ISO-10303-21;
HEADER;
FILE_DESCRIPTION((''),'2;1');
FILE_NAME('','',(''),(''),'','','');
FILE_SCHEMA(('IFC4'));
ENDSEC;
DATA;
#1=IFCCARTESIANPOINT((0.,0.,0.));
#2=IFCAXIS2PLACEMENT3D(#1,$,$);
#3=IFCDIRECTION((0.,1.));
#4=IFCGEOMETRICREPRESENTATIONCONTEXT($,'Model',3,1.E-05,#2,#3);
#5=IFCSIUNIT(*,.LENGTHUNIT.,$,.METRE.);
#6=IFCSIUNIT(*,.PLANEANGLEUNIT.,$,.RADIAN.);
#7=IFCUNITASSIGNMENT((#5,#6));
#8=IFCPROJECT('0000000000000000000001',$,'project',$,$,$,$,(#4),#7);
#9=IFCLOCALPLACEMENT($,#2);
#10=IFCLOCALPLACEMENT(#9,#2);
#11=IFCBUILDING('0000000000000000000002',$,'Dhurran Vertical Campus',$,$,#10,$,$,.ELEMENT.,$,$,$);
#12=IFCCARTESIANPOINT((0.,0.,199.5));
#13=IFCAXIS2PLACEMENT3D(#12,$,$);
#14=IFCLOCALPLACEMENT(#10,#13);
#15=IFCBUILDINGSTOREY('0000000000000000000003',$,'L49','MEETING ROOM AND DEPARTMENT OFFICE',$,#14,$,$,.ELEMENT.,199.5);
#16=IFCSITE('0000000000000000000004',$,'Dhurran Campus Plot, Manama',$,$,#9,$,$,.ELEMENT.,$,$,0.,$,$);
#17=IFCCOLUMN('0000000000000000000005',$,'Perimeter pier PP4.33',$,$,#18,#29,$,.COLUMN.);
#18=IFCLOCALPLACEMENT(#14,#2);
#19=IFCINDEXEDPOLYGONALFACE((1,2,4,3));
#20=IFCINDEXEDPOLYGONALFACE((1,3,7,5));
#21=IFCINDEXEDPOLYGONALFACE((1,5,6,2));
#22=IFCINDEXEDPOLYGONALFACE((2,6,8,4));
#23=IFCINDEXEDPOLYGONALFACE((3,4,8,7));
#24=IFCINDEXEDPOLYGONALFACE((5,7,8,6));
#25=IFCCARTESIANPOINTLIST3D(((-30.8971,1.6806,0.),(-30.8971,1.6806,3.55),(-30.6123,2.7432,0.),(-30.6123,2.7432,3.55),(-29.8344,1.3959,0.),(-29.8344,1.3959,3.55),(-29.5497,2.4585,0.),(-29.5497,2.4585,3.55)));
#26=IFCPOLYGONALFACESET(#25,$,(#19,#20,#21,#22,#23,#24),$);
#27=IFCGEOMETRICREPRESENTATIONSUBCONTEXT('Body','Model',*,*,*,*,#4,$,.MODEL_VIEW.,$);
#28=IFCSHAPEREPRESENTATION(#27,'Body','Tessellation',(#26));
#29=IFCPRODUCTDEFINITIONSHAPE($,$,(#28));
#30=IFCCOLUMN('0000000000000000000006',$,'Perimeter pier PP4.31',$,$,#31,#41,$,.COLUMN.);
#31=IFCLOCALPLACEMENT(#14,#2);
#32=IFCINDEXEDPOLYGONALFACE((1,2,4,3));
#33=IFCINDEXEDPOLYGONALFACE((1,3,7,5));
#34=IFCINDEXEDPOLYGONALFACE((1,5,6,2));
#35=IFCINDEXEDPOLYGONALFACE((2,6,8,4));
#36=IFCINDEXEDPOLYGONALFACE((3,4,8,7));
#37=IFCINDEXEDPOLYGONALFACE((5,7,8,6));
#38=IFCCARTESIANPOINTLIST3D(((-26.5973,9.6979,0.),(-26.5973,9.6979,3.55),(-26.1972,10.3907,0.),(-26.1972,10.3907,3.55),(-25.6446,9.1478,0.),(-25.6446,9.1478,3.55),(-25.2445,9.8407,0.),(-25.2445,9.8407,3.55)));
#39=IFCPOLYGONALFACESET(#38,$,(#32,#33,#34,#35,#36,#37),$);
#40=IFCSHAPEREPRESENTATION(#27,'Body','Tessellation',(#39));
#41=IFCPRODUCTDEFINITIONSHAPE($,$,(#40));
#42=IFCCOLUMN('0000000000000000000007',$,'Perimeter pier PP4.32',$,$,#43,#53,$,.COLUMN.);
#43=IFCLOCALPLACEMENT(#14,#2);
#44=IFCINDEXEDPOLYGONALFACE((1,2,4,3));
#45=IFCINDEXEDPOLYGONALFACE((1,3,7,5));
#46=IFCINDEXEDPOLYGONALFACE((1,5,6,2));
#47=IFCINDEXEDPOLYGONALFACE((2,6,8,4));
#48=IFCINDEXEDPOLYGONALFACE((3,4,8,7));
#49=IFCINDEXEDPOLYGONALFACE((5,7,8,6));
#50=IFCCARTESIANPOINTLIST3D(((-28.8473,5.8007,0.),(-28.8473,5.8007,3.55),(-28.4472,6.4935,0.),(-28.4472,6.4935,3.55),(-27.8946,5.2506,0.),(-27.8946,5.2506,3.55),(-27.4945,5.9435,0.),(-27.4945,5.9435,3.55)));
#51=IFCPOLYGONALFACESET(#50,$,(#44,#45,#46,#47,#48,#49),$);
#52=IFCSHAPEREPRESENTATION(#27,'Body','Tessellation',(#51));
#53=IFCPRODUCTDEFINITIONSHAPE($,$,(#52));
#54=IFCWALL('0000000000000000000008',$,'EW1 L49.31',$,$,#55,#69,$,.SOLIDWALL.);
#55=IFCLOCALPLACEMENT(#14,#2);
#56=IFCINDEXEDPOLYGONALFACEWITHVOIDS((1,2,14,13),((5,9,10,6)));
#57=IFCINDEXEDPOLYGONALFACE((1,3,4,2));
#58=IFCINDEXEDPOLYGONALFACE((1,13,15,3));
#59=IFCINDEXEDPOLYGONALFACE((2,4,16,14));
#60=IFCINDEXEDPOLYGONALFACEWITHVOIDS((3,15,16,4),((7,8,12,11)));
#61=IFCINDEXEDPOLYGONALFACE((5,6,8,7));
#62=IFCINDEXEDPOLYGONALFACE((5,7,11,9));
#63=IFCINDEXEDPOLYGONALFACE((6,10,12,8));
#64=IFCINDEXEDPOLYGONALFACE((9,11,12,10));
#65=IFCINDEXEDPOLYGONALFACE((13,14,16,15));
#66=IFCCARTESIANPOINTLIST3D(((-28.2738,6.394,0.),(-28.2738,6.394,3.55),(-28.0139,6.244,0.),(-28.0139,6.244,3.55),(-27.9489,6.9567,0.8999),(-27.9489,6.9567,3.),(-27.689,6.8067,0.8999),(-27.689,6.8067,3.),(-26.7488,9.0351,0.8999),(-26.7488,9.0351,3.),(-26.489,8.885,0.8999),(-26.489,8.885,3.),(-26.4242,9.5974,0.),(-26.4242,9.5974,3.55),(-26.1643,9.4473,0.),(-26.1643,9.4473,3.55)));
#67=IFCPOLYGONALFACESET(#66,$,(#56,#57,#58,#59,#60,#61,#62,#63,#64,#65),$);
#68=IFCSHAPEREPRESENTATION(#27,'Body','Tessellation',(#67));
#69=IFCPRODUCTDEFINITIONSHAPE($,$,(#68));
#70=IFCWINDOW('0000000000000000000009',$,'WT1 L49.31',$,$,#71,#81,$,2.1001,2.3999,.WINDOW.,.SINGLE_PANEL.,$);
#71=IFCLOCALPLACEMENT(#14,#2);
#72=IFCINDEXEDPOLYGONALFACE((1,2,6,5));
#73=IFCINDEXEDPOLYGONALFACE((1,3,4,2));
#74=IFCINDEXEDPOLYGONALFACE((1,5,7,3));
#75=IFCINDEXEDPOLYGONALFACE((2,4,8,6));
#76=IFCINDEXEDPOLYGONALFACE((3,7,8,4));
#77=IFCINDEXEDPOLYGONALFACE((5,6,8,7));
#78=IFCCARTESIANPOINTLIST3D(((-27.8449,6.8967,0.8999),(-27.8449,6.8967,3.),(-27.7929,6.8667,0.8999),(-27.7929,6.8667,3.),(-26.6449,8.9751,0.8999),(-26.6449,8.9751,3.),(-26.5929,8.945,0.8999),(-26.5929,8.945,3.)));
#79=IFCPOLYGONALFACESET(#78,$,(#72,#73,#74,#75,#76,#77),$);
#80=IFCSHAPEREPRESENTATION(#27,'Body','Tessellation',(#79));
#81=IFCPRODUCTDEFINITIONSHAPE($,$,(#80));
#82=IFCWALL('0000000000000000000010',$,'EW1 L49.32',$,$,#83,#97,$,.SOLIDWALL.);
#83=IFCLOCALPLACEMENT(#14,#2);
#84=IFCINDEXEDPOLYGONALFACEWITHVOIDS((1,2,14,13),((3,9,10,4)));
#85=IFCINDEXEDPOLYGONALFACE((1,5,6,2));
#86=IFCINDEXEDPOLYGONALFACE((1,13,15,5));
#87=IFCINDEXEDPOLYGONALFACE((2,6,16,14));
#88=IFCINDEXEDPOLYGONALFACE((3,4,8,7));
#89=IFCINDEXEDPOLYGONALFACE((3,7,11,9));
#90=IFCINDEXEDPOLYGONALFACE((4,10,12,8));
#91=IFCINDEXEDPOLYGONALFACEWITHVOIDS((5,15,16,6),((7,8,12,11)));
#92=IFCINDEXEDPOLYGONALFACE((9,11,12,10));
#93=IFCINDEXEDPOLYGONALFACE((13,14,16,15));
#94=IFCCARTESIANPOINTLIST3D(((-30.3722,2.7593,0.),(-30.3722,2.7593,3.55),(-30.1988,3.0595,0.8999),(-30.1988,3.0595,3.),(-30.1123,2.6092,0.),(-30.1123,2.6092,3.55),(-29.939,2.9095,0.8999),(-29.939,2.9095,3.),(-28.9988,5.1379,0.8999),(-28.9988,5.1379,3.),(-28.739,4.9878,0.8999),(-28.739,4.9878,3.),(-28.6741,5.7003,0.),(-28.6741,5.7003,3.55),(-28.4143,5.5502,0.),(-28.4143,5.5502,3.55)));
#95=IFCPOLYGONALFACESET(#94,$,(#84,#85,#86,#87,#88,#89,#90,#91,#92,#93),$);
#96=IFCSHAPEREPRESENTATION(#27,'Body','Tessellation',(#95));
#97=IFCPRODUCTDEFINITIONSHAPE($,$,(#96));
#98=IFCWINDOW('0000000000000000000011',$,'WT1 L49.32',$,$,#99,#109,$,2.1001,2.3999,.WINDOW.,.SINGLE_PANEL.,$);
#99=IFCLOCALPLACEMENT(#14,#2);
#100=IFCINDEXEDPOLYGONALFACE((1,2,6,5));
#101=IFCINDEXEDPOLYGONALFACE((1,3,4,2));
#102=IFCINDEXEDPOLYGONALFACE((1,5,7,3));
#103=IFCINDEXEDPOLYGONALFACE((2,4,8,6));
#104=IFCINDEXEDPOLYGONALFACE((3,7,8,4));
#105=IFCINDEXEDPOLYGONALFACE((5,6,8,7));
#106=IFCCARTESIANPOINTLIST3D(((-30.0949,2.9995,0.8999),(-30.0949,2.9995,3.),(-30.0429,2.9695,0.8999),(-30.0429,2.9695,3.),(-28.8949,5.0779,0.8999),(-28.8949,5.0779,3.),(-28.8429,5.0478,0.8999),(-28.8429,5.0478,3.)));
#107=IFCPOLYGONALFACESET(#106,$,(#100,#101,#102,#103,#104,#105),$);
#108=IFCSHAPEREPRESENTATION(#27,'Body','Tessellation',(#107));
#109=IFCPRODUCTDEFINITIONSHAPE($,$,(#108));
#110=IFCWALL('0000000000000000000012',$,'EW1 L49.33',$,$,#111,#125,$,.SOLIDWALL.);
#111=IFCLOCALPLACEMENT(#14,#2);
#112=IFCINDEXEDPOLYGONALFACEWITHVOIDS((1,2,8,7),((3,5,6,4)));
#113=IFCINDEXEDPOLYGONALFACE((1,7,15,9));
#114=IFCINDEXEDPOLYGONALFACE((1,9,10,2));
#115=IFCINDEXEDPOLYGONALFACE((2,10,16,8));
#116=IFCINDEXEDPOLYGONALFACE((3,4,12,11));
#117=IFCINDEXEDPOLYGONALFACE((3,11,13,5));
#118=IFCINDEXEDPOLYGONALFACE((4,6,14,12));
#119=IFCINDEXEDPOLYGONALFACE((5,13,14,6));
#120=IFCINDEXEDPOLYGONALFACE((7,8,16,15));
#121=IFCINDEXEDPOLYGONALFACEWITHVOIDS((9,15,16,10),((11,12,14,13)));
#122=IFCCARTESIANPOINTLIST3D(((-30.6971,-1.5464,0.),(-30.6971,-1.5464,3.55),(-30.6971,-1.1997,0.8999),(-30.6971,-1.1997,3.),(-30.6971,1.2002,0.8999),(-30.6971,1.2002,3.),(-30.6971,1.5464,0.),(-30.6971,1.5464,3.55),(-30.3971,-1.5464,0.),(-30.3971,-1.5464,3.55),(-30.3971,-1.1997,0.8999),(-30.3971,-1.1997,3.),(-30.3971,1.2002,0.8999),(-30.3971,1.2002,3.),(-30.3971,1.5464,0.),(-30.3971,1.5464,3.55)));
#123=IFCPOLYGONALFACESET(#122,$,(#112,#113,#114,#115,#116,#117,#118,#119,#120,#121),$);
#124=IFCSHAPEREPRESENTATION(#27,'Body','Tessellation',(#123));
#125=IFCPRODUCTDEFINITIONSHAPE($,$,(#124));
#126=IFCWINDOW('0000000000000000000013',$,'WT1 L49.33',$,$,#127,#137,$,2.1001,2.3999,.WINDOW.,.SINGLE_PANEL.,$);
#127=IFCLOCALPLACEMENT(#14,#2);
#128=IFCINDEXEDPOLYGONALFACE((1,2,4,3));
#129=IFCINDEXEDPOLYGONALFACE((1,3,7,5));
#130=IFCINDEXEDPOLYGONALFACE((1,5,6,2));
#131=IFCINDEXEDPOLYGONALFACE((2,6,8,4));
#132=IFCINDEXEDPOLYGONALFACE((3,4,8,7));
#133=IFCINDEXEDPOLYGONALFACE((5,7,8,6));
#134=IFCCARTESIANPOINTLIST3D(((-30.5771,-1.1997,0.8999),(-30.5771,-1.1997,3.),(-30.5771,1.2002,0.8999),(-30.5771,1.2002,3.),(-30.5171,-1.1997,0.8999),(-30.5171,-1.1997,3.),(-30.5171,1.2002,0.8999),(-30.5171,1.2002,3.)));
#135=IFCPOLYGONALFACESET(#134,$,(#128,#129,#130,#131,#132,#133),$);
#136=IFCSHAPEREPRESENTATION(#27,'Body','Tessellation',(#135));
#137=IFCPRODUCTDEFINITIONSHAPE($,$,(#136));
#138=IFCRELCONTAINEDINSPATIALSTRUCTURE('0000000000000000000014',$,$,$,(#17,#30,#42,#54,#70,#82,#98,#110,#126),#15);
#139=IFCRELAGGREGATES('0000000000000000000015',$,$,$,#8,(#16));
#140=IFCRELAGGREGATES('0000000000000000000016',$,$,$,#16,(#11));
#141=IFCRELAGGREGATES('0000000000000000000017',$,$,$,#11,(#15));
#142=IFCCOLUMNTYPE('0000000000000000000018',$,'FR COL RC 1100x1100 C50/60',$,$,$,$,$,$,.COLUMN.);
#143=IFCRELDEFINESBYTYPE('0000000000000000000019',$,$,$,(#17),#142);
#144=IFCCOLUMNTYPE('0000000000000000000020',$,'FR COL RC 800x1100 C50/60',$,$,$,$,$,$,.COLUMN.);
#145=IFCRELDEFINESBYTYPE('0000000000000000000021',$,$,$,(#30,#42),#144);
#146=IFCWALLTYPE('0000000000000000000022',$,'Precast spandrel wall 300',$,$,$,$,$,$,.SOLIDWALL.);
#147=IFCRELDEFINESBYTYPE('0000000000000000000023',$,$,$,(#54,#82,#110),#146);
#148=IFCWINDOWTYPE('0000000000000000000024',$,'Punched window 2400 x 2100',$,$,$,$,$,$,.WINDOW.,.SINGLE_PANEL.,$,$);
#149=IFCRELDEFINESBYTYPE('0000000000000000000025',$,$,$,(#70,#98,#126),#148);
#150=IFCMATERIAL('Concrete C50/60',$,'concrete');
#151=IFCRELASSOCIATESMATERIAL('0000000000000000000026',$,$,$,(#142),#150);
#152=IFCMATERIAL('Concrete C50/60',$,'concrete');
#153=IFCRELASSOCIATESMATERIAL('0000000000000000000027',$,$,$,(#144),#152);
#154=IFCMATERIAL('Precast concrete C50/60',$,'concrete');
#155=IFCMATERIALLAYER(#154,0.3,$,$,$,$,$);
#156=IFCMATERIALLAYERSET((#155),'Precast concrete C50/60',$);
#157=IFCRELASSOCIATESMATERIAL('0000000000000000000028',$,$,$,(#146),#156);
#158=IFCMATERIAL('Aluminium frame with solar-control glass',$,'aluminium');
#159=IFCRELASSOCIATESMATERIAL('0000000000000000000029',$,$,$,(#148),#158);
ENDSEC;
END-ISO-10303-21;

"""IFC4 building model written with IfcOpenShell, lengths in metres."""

from ifc_helpers import new_model, si_unit, direction, frame, frame_2d, origin, origin_2d, place, context, subcontext, project, spatial, rectangle, extrude, material, layer, layer_set, material_profile, profile_set, type_object, element, fill, save


model = new_model("IFC4")

# Units and contexts
model_context = context("Model", 3, precision=1e-05, world=origin(), true_north=direction((0.0, 1.0)))
body_context = subcontext(model_context, "Body", "Model", "MODEL_VIEW")
ifc_project = project(units=[si_unit("LENGTHUNIT", "METRE"), si_unit("PLANEANGLEUNIT", "RADIAN")], contexts=[model_context])

# Site, building, storey
site_placement = place(None, origin())
site = spatial("IfcSite", under=ifc_project, at=site_placement, Name="Dhurran Campus Plot, Manama", CompositionType="ELEMENT", RefElevation=0.0)
building_placement = place(site_placement, origin())
building = spatial("IfcBuilding", under=site, at=building_placement, Name="Dhurran Vertical Campus", CompositionType="ELEMENT")
storey_placement = place(building_placement, frame((0.0, 0.0, 199.5)))
storey = spatial("IfcBuildingStorey", under=building, at=storey_placement, Name="L49", Description="MEETING ROOM AND DEPARTMENT OFFICE", CompositionType="ELEMENT", Elevation=199.5)

# Columns
ifc_material_1 = material(Name="Concrete C50/60", Category="concrete")
ifc_material_profile_1 = material_profile(ifc_material_1, rectangle(XDim=1.1001, YDim=1.1001, at=origin_2d()), Name="RC 1100x1100")
ifc_profile_set_1 = profile_set([ifc_material_profile_1], Name="Concrete C50/60")
column_type_1 = type_object("IfcColumnType", Name="FR COL RC 1100x1100 C50/60", PredefinedType="COLUMN", material=ifc_profile_set_1)
column_placement = place(storey_placement, frame((-30.2234, 2.0696, 0.0), z_axis=(0.0, 0.0, 1.0), x_axis=(-0.258819, -0.965926, 0.0)))
element("IfcColumn", 1, at=column_placement, inside=storey, type_object=column_type_1, Name="Perimeter pier PP4.33", PredefinedType="COLUMN", context=body_context, shape_type="SweptSolid", body=[
    extrude(rectangle(XDim=1.1001, YDim=1.1001, at=origin_2d()), origin(), (0.0, 0.0, 1.0), 3.55),
])
ifc_material_2 = material(Name="Concrete C50/60", Category="concrete")
ifc_material_profile_2 = material_profile(ifc_material_2, rectangle(XDim=0.8, YDim=1.1001, at=origin_2d()), Name="RC 800x1100")
ifc_profile_set_2 = profile_set([ifc_material_profile_2], Name="Concrete C50/60")
column_type_2 = type_object("IfcColumnType", Name="FR COL RC 800x1100 C50/60", PredefinedType="COLUMN", material=ifc_profile_set_2)
for number, where, z_axis, x_axis, name in (
    (2, (-25.9209, 9.7693, 0.0), (0.0, 0.0, 1.0), (-0.5, -0.866025, 0.0), "Perimeter pier PP4.31"),
    (3, (-28.1709, 5.8721, 0.0), (0.0, 0.0, 1.0), (-0.5, -0.866025, 0.0), "Perimeter pier PP4.32"),
):
    element("IfcColumn", number, at=place(storey_placement, frame(where, z_axis=z_axis, x_axis=x_axis)), inside=storey, type_object=column_type_2, Name=name, PredefinedType="COLUMN", context=body_context, shape_type="SweptSolid", body=[
        extrude(rectangle(XDim=0.8, YDim=1.1001, at=origin_2d()), origin(), (0.0, 0.0, 1.0), 3.55),
    ])

# Walls, openings, windows
ifc_material_3 = material(Name="Precast concrete C50/60", Category="concrete")
ifc_layer_1 = layer(ifc_material_3, 0.3)
ifc_layer_set_1 = layer_set([ifc_layer_1], Name="Precast concrete C50/60")
wall_type_1 = type_object("IfcWallType", Name="Precast spandrel wall 300", PredefinedType="SOLIDWALL", material=ifc_layer_set_1)
wall_1_placement = place(storey_placement, frame((-26.2942, 9.5225, 0.0), z_axis=(0.0, 0.0, 1.0), x_axis=(-0.500029, -0.866009, 0.0)))
wall_1 = element("IfcWall", 4, at=wall_1_placement, inside=storey, type_object=wall_type_1, Name="EW1 L49.31", PredefinedType="SOLIDWALL", context=body_context, shape_type="SweptSolid", body=[
    extrude(rectangle(XDim=3.699, YDim=0.3, at=frame_2d((1.8496, 0.0))), origin(), (0.0, 0.0, 1.0), 3.55),
])
opening_1_placement = place(wall_1_placement, frame((0.6494, 0.0, 0.8999)))
opening_1 = element("IfcOpeningElement", 5, at=opening_1_placement, cuts=wall_1, PredefinedType="OPENING", context=body_context, shape_type="SweptSolid", body=[
    extrude(rectangle(XDim=2.3999, YDim=2.1001, at=frame_2d((1.2, 1.05))), frame((0.0, 0.1599, 0.0), z_axis=(0.0, -1.0, 0.0), x_axis=(1.0, 0.0, 0.0)), (0.0, 0.0, 1.0), 0.3201),
])
ifc_material_4 = material(Name="Aluminium frame with solar-control glass", Category="aluminium")
window_type = type_object("IfcWindowType", Name="Punched window 2400 x 2100", PartitioningType="SINGLE_PANEL", PredefinedType="WINDOW", material=ifc_material_4)
window_1_placement = place(opening_1_placement, origin())
window_1 = element("IfcWindow", 6, at=window_1_placement, inside=storey, type_object=window_type, Name="WT1 L49.31", OverallHeight=2.1001, OverallWidth=2.3999, PartitioningType="SINGLE_PANEL", PredefinedType="WINDOW", context=body_context, shape_type="SweptSolid", body=[
    extrude(rectangle(XDim=2.3999, YDim=2.1001, at=frame_2d((1.2, 1.05))), frame((0.0, 0.03, 0.0), z_axis=(0.0, -1.0, 0.0), x_axis=(1.0, 0.0, 0.0)), (0.0, 0.0, 1.0), 0.0601),
])
fill(opening_1, window_1)
wall_2_placement = place(storey_placement, frame((-28.5442, 5.6252, 0.0), z_axis=(0.0, 0.0, 1.0), x_axis=(-0.500013, -0.866018, 0.0)))
wall_2 = element("IfcWall", 7, at=wall_2_placement, inside=storey, type_object=wall_type_1, Name="EW1 L49.32", PredefinedType="SOLIDWALL", context=body_context, shape_type="SweptSolid", body=[
    extrude(rectangle(XDim=3.396, YDim=0.3, at=frame_2d((1.698, 0.0))), origin(), (0.0, 0.0, 1.0), 3.55),
])
opening_2_placement = place(wall_2_placement, frame((0.6494, 0.0, 0.8999)))
opening_2 = element("IfcOpeningElement", 8, at=opening_2_placement, cuts=wall_2, PredefinedType="OPENING", context=body_context, shape_type="SweptSolid", body=[
    extrude(rectangle(XDim=2.3999, YDim=2.1001, at=frame_2d((1.2, 1.05))), frame((0.0, 0.1599, 0.0), z_axis=(0.0, -1.0, 0.0), x_axis=(1.0, 0.0, 0.0)), (0.0, 0.0, 1.0), 0.3201),
])
window_2_placement = place(opening_2_placement, origin())
window_2 = element("IfcWindow", 9, at=window_2_placement, inside=storey, type_object=window_type, Name="WT1 L49.32", OverallHeight=2.1001, OverallWidth=2.3999, PartitioningType="SINGLE_PANEL", PredefinedType="WINDOW", context=body_context, shape_type="SweptSolid", body=[
    extrude(rectangle(XDim=2.3999, YDim=2.1001, at=frame_2d((1.2, 1.05))), frame((0.0, 0.03, 0.0), z_axis=(0.0, -1.0, 0.0), x_axis=(1.0, 0.0, 0.0)), (0.0, 0.0, 1.0), 0.0601),
])
fill(opening_2, window_2)
wall_3_placement = place(storey_placement, frame((-30.5471, 1.5464, 0.0), z_axis=(0.0, 0.0, 1.0), x_axis=(0.0, -1.0, 0.0)))
wall_3 = element("IfcWall", 10, at=wall_3_placement, inside=storey, type_object=wall_type_1, Name="EW1 L49.33", PredefinedType="SOLIDWALL", context=body_context, shape_type="SweptSolid", body=[
    extrude(rectangle(XDim=3.0928, YDim=0.3, at=frame_2d((1.5464, 0.0))), origin(), (0.0, 0.0, 1.0), 3.55),
])
opening_3_placement = place(wall_3_placement, frame((0.3462, 0.0, 0.8999)))
opening_3 = element("IfcOpeningElement", 11, at=opening_3_placement, cuts=wall_3, PredefinedType="OPENING", context=body_context, shape_type="SweptSolid", body=[
    extrude(rectangle(XDim=2.3999, YDim=2.1001, at=frame_2d((1.2, 1.05))), frame((0.0, 0.1599, 0.0), z_axis=(0.0, -1.0, 0.0), x_axis=(1.0, 0.0, 0.0)), (0.0, 0.0, 1.0), 0.3201),
])
window_3_placement = place(opening_3_placement, origin())
window_3 = element("IfcWindow", 12, at=window_3_placement, inside=storey, type_object=window_type, Name="WT1 L49.33", OverallHeight=2.1001, OverallWidth=2.3999, PartitioningType="SINGLE_PANEL", PredefinedType="WINDOW", context=body_context, shape_type="SweptSolid", body=[
    extrude(rectangle(XDim=2.3999, YDim=2.1001, at=frame_2d((1.2, 1.05))), frame((0.0, 0.03, 0.0), z_axis=(0.0, -1.0, 0.0), x_axis=(1.0, 0.0, 0.0)), (0.0, 0.0, 1.0), 0.0601),
])
fill(opening_3, window_3)

save(model, "model.ifc")
